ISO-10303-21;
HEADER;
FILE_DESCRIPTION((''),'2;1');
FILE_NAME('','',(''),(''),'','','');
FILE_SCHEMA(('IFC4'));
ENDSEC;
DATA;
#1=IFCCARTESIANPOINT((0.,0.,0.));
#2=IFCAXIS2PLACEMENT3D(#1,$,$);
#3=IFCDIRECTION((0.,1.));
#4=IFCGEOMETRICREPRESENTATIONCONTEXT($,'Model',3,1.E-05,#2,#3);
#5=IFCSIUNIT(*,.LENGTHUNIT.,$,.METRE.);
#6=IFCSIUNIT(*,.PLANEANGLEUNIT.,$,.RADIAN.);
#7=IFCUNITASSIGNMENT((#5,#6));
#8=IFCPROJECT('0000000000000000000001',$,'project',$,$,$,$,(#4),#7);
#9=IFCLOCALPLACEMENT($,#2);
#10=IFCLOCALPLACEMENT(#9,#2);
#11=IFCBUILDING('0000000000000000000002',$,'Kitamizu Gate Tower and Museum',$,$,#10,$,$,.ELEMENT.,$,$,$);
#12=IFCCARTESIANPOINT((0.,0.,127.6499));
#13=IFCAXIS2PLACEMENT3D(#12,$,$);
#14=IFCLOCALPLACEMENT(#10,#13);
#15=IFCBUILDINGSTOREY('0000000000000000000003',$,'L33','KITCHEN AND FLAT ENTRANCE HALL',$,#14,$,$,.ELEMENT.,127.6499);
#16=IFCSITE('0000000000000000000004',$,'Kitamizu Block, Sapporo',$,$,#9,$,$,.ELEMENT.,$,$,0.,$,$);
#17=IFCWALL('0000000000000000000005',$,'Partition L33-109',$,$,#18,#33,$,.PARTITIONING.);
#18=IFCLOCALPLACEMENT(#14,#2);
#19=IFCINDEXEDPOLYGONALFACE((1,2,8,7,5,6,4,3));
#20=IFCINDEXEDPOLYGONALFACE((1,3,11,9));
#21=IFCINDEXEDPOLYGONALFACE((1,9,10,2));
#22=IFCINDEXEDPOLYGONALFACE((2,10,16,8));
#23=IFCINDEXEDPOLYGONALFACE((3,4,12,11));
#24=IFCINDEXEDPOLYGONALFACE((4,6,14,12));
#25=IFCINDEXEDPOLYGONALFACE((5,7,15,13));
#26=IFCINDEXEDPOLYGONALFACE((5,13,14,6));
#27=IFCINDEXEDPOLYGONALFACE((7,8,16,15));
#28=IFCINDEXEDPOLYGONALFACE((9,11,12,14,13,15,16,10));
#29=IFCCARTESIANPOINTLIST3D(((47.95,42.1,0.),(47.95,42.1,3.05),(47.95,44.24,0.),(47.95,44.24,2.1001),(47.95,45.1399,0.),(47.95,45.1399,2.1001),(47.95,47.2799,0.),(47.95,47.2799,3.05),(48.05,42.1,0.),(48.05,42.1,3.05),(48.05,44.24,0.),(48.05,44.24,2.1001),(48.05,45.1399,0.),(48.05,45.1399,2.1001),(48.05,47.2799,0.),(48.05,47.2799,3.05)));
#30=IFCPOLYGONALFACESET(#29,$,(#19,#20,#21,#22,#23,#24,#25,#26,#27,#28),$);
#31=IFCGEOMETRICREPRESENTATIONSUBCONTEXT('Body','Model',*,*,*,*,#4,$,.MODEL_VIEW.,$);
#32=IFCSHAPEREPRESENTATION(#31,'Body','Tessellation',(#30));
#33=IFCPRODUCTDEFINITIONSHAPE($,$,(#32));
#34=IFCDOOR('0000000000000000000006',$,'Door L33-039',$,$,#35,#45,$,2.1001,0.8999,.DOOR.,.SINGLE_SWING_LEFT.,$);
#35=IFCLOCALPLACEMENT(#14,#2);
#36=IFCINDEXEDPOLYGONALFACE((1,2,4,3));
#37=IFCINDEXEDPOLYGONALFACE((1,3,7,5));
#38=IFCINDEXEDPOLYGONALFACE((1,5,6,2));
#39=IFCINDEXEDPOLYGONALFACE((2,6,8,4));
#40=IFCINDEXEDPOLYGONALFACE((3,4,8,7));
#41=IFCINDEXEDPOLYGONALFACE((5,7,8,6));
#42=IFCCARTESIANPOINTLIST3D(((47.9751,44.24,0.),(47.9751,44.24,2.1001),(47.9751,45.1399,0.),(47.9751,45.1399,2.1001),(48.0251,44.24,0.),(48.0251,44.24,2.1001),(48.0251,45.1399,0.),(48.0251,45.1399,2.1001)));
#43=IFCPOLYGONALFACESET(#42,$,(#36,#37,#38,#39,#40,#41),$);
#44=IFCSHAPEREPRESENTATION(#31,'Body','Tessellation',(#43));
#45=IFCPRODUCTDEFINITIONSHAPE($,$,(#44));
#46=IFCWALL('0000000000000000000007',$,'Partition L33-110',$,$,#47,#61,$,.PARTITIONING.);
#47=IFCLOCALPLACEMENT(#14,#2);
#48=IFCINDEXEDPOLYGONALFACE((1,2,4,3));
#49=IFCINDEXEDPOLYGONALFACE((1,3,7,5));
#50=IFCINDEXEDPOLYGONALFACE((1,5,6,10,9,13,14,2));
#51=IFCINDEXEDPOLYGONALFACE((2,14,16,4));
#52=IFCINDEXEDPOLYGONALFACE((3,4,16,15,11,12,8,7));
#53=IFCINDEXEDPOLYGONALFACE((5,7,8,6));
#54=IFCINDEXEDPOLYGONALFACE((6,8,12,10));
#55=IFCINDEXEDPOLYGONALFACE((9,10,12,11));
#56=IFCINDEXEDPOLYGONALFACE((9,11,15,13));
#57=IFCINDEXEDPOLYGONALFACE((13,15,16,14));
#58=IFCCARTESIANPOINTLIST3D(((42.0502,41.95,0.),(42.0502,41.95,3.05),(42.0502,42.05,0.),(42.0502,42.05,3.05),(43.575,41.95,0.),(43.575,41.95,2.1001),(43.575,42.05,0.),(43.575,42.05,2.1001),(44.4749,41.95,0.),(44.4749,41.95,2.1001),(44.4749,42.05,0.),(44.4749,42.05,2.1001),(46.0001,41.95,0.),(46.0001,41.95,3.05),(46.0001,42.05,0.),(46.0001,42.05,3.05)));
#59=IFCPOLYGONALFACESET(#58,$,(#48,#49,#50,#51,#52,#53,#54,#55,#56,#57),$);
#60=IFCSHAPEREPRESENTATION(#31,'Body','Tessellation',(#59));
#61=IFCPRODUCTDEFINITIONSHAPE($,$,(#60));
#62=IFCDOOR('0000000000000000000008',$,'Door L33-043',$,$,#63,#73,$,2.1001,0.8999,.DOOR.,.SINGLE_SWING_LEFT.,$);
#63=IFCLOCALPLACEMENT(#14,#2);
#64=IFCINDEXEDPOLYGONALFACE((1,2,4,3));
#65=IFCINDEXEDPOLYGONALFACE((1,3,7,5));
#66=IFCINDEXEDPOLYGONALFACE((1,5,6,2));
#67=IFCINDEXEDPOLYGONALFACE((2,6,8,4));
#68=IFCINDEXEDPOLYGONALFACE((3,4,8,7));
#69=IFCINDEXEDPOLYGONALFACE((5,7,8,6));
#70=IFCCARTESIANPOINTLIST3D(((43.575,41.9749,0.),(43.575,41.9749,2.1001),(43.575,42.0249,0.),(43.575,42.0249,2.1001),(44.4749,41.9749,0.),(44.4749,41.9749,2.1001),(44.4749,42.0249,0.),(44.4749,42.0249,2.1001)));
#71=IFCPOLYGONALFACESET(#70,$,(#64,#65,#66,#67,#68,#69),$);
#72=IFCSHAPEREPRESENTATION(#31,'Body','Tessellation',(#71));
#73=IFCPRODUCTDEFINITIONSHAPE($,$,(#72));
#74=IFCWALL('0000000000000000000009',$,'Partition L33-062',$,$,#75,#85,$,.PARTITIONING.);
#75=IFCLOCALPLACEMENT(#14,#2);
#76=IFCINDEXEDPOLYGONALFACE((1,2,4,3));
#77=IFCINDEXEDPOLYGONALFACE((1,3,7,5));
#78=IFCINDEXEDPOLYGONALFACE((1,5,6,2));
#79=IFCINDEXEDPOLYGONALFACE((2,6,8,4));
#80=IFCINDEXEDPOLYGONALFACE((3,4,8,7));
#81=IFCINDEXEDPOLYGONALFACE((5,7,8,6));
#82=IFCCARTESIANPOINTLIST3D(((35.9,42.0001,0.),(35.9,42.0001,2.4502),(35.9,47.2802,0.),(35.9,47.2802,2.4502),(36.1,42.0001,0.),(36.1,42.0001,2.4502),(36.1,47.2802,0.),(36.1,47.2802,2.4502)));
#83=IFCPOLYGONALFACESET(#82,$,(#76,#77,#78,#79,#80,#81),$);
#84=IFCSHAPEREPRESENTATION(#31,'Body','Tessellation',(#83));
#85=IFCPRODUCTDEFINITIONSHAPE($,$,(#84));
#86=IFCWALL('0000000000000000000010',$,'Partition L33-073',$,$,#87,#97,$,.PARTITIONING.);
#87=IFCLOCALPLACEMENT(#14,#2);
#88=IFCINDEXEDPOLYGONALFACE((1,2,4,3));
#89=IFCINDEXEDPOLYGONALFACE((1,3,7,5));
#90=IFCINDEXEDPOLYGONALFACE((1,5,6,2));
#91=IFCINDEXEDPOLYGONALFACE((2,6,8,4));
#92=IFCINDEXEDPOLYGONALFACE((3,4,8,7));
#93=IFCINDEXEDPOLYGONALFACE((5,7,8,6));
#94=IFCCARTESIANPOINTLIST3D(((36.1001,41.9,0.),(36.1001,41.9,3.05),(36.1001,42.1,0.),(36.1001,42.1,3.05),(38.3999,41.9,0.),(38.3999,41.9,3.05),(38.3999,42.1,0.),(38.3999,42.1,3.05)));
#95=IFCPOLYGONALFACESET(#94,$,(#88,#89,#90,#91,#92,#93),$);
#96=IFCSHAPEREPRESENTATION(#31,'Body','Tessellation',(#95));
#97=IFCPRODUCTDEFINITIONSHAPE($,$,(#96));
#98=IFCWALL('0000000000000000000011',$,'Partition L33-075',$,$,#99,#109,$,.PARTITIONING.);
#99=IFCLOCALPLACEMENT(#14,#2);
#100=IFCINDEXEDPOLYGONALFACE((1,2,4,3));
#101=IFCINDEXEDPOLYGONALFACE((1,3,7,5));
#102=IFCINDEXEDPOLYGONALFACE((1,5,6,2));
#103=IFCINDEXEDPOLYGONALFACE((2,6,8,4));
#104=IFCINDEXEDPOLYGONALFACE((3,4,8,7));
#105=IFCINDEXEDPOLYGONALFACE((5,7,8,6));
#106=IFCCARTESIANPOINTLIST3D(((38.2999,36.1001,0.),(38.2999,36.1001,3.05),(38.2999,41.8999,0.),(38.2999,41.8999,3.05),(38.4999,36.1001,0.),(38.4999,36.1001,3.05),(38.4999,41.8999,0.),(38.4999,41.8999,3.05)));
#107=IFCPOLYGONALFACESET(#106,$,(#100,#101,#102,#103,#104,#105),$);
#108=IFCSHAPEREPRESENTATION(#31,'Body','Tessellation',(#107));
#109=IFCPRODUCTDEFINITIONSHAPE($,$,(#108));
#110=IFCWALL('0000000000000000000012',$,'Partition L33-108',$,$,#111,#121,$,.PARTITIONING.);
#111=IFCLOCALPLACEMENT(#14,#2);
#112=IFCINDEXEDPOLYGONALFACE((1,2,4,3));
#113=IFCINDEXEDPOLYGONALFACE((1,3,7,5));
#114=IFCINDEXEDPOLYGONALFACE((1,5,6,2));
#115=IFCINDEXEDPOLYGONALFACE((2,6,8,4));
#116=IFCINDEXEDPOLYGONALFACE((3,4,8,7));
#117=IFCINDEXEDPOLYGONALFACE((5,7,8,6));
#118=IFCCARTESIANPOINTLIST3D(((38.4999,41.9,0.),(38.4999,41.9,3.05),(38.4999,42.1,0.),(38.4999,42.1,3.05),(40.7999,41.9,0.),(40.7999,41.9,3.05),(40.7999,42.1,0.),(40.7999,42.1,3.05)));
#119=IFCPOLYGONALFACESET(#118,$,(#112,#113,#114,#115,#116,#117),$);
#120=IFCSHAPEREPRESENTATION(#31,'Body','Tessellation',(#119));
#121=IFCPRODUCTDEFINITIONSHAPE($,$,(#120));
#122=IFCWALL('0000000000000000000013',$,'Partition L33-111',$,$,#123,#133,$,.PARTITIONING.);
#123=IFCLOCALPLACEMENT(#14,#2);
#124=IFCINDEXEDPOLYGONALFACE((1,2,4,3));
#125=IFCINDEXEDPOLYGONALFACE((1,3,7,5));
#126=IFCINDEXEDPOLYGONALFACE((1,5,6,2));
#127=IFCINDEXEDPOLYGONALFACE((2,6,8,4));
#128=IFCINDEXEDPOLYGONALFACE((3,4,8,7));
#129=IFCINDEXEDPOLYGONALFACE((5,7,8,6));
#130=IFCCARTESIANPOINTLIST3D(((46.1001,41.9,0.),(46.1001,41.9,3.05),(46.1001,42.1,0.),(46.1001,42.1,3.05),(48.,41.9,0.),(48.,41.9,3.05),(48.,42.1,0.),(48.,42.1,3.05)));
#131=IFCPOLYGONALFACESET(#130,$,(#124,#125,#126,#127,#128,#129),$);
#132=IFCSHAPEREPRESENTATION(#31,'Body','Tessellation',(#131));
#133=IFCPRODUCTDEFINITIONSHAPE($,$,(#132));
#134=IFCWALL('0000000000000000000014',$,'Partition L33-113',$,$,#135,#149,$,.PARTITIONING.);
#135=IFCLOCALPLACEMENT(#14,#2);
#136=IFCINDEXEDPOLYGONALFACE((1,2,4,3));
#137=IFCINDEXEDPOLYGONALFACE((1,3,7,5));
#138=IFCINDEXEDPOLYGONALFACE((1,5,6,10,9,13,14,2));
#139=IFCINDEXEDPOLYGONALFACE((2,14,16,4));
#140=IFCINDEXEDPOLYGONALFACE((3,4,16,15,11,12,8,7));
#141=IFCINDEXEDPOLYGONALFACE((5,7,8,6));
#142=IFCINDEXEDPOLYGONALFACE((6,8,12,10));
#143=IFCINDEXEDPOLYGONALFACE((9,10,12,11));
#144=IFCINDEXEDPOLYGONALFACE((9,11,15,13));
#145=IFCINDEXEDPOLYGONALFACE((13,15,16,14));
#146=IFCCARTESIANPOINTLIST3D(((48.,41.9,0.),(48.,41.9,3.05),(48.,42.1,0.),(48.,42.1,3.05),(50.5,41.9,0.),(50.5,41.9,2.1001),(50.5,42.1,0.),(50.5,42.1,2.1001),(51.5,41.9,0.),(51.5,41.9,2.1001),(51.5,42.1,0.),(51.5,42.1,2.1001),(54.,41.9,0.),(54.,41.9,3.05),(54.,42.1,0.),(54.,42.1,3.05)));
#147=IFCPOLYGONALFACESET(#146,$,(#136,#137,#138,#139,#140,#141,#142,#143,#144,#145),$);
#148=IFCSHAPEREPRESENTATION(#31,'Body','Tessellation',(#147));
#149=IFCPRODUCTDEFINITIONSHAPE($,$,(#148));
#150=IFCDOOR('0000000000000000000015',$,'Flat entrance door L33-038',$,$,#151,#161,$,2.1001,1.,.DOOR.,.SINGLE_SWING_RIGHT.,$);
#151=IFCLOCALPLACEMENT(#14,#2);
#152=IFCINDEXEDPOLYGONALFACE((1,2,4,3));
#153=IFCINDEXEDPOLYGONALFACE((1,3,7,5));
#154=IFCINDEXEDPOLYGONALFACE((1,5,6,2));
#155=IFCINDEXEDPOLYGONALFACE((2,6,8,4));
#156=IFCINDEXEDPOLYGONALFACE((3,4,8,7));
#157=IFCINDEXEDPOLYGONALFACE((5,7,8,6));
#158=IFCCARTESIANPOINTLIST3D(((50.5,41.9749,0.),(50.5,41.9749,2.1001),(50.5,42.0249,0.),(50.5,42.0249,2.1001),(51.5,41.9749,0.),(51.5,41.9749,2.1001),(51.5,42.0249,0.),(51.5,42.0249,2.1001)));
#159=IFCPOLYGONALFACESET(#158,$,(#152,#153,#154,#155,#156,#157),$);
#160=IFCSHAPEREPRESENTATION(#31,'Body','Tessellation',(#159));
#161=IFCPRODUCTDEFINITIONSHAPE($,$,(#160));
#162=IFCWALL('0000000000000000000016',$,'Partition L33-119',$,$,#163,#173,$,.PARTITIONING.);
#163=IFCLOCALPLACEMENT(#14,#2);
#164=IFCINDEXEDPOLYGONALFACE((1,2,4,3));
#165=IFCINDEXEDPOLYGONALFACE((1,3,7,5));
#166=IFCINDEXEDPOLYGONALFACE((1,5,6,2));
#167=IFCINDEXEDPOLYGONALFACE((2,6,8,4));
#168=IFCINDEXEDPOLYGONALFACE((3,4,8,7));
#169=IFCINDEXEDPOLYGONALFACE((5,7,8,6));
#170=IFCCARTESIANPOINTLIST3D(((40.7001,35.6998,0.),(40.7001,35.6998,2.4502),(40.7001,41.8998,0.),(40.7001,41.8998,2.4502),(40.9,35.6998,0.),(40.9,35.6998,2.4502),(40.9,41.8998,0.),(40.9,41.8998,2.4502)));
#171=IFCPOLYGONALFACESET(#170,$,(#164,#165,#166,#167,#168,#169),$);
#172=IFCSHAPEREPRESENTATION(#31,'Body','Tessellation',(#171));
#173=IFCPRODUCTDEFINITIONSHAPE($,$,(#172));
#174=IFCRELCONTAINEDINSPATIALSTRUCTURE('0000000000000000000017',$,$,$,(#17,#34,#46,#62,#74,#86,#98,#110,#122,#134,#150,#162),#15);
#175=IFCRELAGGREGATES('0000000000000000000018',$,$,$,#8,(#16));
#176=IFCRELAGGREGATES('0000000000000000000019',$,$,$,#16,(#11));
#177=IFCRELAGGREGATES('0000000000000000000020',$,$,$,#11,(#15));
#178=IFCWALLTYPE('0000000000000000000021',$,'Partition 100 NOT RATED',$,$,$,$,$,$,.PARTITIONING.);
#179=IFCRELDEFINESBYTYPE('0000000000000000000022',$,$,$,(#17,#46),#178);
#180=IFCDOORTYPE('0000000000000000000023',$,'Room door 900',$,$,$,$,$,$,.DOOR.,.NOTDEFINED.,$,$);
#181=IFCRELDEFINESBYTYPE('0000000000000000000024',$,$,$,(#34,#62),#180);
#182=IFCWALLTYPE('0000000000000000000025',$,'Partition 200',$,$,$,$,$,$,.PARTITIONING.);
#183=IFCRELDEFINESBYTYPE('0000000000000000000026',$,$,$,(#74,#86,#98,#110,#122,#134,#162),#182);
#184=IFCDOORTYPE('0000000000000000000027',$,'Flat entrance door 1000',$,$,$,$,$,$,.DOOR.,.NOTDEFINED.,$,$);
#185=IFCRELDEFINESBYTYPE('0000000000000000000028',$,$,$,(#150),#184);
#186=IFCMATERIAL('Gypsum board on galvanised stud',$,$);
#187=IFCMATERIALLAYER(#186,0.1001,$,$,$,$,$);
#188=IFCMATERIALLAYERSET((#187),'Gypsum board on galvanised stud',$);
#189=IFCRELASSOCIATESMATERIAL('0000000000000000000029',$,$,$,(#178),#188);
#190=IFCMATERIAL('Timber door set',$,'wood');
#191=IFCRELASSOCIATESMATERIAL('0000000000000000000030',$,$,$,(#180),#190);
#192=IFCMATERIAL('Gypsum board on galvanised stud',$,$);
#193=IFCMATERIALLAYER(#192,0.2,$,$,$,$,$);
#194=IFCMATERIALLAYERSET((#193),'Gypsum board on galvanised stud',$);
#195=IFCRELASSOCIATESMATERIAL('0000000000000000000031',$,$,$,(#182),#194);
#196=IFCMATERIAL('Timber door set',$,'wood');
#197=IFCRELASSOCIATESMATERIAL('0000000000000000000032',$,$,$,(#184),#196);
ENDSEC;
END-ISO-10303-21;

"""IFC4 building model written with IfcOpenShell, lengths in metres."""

from ifc_helpers import new_model, si_unit, direction, frame, frame_2d, origin, place, context, subcontext, project, spatial, rectangle, extrude, material, layer, layer_set, type_object, element, fill, save


model = new_model("IFC4")

# Units and contexts
model_context = context("Model", 3, precision=1e-05, world=origin(), true_north=direction((0.0, 1.0)))
body_context = subcontext(model_context, "Body", "Model", "MODEL_VIEW")
ifc_project = project(units=[si_unit("LENGTHUNIT", "METRE"), si_unit("PLANEANGLEUNIT", "RADIAN")], contexts=[model_context])

# Site, building, storey
site_placement = place(None, origin())
site = spatial("IfcSite", under=ifc_project, at=site_placement, Name="Kitamizu Block, Sapporo", CompositionType="ELEMENT", RefElevation=0.0)
building_placement = place(site_placement, origin())
building = spatial("IfcBuilding", under=site, at=building_placement, Name="Kitamizu Gate Tower and Museum", CompositionType="ELEMENT")
storey_placement = place(building_placement, frame((0.0, 0.0, 127.6499)))
storey = spatial("IfcBuildingStorey", under=building, at=storey_placement, Name="L33", Description="KITCHEN AND FLAT ENTRANCE HALL", CompositionType="ELEMENT", Elevation=127.6499)

# Shared definitions
ifc_material_1 = material(Name="Gypsum board on galvanised stud")
ifc_layer_1 = layer(ifc_material_1, 0.1001)
ifc_layer_set_1 = layer_set([ifc_layer_1], Name="Gypsum board on galvanised stud")
wall_type_1 = type_object("IfcWallType", Name="Partition 100 NOT RATED", PredefinedType="PARTITIONING", material=ifc_layer_set_1)
ifc_material_2 = material(Name="Timber door set", Category="wood")
door_type_1 = type_object("IfcDoorType", Name="Room door 900", OperationType="NOTDEFINED", PredefinedType="DOOR", material=ifc_material_2)

# Walls, openings, doors
wall_1_placement = place(storey_placement, frame((48.0, 42.1001, 0.0), z_axis=(0.0, 0.0, 1.0), x_axis=(0.0, 1.0, 0.0)))
wall_1 = element("IfcWall", 1, at=wall_1_placement, inside=storey, type_object=wall_type_1, Name="Partition L33-109", PredefinedType="PARTITIONING", context=body_context, shape_type="SweptSolid", body=[
    extrude(rectangle(XDim=5.1799, YDim=0.1001, at=frame_2d((2.5898, 0.0))), origin(), (0.0, 0.0, 1.0), 3.05),
])
opening_1_placement = place(wall_1_placement, frame((2.1399, 0.0, 0.0)))
opening_1 = element("IfcOpeningElement", 2, at=opening_1_placement, cuts=wall_1, PredefinedType="OPENING", context=body_context, shape_type="SweptSolid", body=[
    extrude(rectangle(XDim=0.8999, YDim=2.1001, at=frame_2d((0.45, 1.05))), frame((0.0, 0.0601, 0.0), z_axis=(0.0, -1.0, 0.0), x_axis=(1.0, 0.0, 0.0)), (0.0, 0.0, 1.0), 0.1201),
])
door_1_placement = place(opening_1_placement, origin())
door_1 = element("IfcDoor", 3, at=door_1_placement, inside=storey, type_object=door_type_1, Name="Door L33-039", OperationType="SINGLE_SWING_LEFT", OverallHeight=2.1001, OverallWidth=0.8999, PredefinedType="DOOR", context=body_context, shape_type="SweptSolid", body=[
    extrude(rectangle(XDim=0.8999, YDim=2.1001, at=frame_2d((0.45, 1.05))), frame((0.0, 0.0249, 0.0), z_axis=(0.0, -1.0, 0.0), x_axis=(1.0, 0.0, 0.0)), (0.0, 0.0, 1.0), 0.05),
])
fill(opening_1, door_1)
wall_2_placement = place(storey_placement, frame((42.05, 42.0, 0.0), z_axis=(0.0, 0.0, 1.0), x_axis=(1.0, 0.0, 0.0)))
wall_2 = element("IfcWall", 4, at=wall_2_placement, inside=storey, type_object=wall_type_1, Name="Partition L33-110", PredefinedType="PARTITIONING", context=body_context, shape_type="SweptSolid", body=[
    extrude(rectangle(XDim=3.95, YDim=0.1001, at=frame_2d((1.9751, 0.0))), origin(), (0.0, 0.0, 1.0), 3.05),
])
opening_2_placement = place(wall_2_placement, frame((1.5249, 0.0, 0.0)))
opening_2 = element("IfcOpeningElement", 5, at=opening_2_placement, cuts=wall_2, PredefinedType="OPENING", context=body_context, shape_type="SweptSolid", body=[
    extrude(rectangle(XDim=0.8999, YDim=2.1001, at=frame_2d((0.45, 1.05))), frame((0.0, 0.0601, 0.0), z_axis=(0.0, -1.0, 0.0), x_axis=(1.0, 0.0, 0.0)), (0.0, 0.0, 1.0), 0.1201),
])
door_2_placement = place(opening_2_placement, origin())
door_2 = element("IfcDoor", 6, at=door_2_placement, inside=storey, type_object=door_type_1, Name="Door L33-043", OperationType="SINGLE_SWING_LEFT", OverallHeight=2.1001, OverallWidth=0.8999, PredefinedType="DOOR", context=body_context, shape_type="SweptSolid", body=[
    extrude(rectangle(XDim=0.8999, YDim=2.1001, at=frame_2d((0.45, 1.05))), frame((0.0, 0.0249, 0.0), z_axis=(0.0, -1.0, 0.0), x_axis=(1.0, 0.0, 0.0)), (0.0, 0.0, 1.0), 0.05),
])
fill(opening_2, door_2)

# Walls
ifc_material_3 = material(Name="Gypsum board on galvanised stud")
ifc_layer_2 = layer(ifc_material_3, 0.2)
ifc_layer_set_2 = layer_set([ifc_layer_2], Name="Gypsum board on galvanised stud")
wall_type_2 = type_object("IfcWallType", Name="Partition 200", PredefinedType="PARTITIONING", material=ifc_layer_set_2)
wall_3_placement = place(storey_placement, frame((36.0, 42.0, 0.0), z_axis=(0.0, 0.0, 1.0), x_axis=(0.0, 1.0, 0.0)))
element("IfcWall", 7, at=wall_3_placement, inside=storey, type_object=wall_type_2, Name="Partition L33-062", PredefinedType="PARTITIONING", context=body_context, shape_type="SweptSolid", body=[
    extrude(rectangle(XDim=5.28, YDim=0.2, at=frame_2d((2.6401, 0.0))), origin(), (0.0, 0.0, 1.0), 2.4502),
])
wall_4_placement = place(storey_placement, frame((38.3999, 42.0, 0.0), z_axis=(0.0, 0.0, 1.0), x_axis=(-1.0, 0.0, 0.0)))
element("IfcWall", 8, at=wall_4_placement, inside=storey, type_object=wall_type_2, Name="Partition L33-073", PredefinedType="PARTITIONING", context=body_context, shape_type="SweptSolid", body=[
    extrude(rectangle(XDim=2.2998, YDim=0.2, at=frame_2d((1.1499, 0.0))), origin(), (0.0, 0.0, 1.0), 3.05),
])
wall_5_placement = place(storey_placement, frame((38.3999, 36.1001, 0.0), z_axis=(0.0, 0.0, 1.0), x_axis=(0.0, 1.0, 0.0)))
element("IfcWall", 9, at=wall_5_placement, inside=storey, type_object=wall_type_2, Name="Partition L33-075", PredefinedType="PARTITIONING", context=body_context, shape_type="SweptSolid", body=[
    extrude(rectangle(XDim=5.7998, YDim=0.2, at=frame_2d((2.8999, 0.0))), origin(), (0.0, 0.0, 1.0), 3.05),
])
wall_6_placement = place(storey_placement, frame((38.5, 42.0, 0.0), z_axis=(0.0, 0.0, 1.0), x_axis=(1.0, 0.0, 0.0)))
element("IfcWall", 10, at=wall_6_placement, inside=storey, type_object=wall_type_2, Name="Partition L33-108", PredefinedType="PARTITIONING", context=body_context, shape_type="SweptSolid", body=[
    extrude(rectangle(XDim=2.3, YDim=0.2, at=frame_2d((1.1499, 0.0))), origin(), (0.0, 0.0, 1.0), 3.05),
])
wall_7_placement = place(storey_placement, frame((46.1001, 42.0, 0.0), z_axis=(0.0, 0.0, 1.0), x_axis=(1.0, 0.0, 0.0)))
element("IfcWall", 11, at=wall_7_placement, inside=storey, type_object=wall_type_2, Name="Partition L33-111", PredefinedType="PARTITIONING", context=body_context, shape_type="SweptSolid", body=[
    extrude(rectangle(XDim=1.8999, YDim=0.2, at=frame_2d((0.95, 0.0))), origin(), (0.0, 0.0, 1.0), 3.05),
])

# Wall, opening, door
wall_8_placement = place(storey_placement, frame((48.0, 42.0, 0.0), z_axis=(0.0, 0.0, 1.0), x_axis=(1.0, 0.0, 0.0)))
wall_8 = element("IfcWall", 12, at=wall_8_placement, inside=storey, type_object=wall_type_2, Name="Partition L33-113", PredefinedType="PARTITIONING", context=body_context, shape_type="SweptSolid", body=[
    extrude(rectangle(XDim=6.0, YDim=0.2, at=frame_2d((3.0, 0.0))), origin(), (0.0, 0.0, 1.0), 3.05),
])
opening_3_placement = place(wall_8_placement, frame((2.5, 0.0, 0.0)))
opening_3 = element("IfcOpeningElement", 13, at=opening_3_placement, cuts=wall_8, PredefinedType="OPENING", context=body_context, shape_type="SweptSolid", body=[
    extrude(rectangle(XDim=1.0, YDim=2.1001, at=frame_2d((0.5, 1.05))), frame((0.0, 0.1099, 0.0), z_axis=(0.0, -1.0, 0.0), x_axis=(1.0, 0.0, 0.0)), (0.0, 0.0, 1.0), 0.22),
])
ifc_material_4 = material(Name="Timber door set", Category="wood")
door_type_2 = type_object("IfcDoorType", Name="Flat entrance door 1000", OperationType="NOTDEFINED", PredefinedType="DOOR", material=ifc_material_4)
door_3_placement = place(opening_3_placement, origin())
door_3 = element("IfcDoor", 14, at=door_3_placement, inside=storey, type_object=door_type_2, Name="Flat entrance door L33-038", OperationType="SINGLE_SWING_RIGHT", OverallHeight=2.1001, OverallWidth=1.0, PredefinedType="DOOR", context=body_context, shape_type="SweptSolid", body=[
    extrude(rectangle(XDim=1.0, YDim=2.1001, at=frame_2d((0.5, 1.05))), frame((0.0, 0.0249, 0.0), z_axis=(0.0, -1.0, 0.0), x_axis=(1.0, 0.0, 0.0)), (0.0, 0.0, 1.0), 0.05),
])
fill(opening_3, door_3)

# Wall
wall_9_placement = place(storey_placement, frame((40.8, 41.8999, 0.0), z_axis=(0.0, 0.0, 1.0), x_axis=(0.0, -1.0, 0.0)))
element("IfcWall", 15, at=wall_9_placement, inside=storey, type_object=wall_type_2, Name="Partition L33-119", PredefinedType="PARTITIONING", context=body_context, shape_type="SweptSolid", body=[
    extrude(rectangle(XDim=6.2, YDim=0.2, at=frame_2d((3.1001, 0.0))), origin(), (0.0, 0.0, 1.0), 2.4502),
])

save(model, "model.ifc")
